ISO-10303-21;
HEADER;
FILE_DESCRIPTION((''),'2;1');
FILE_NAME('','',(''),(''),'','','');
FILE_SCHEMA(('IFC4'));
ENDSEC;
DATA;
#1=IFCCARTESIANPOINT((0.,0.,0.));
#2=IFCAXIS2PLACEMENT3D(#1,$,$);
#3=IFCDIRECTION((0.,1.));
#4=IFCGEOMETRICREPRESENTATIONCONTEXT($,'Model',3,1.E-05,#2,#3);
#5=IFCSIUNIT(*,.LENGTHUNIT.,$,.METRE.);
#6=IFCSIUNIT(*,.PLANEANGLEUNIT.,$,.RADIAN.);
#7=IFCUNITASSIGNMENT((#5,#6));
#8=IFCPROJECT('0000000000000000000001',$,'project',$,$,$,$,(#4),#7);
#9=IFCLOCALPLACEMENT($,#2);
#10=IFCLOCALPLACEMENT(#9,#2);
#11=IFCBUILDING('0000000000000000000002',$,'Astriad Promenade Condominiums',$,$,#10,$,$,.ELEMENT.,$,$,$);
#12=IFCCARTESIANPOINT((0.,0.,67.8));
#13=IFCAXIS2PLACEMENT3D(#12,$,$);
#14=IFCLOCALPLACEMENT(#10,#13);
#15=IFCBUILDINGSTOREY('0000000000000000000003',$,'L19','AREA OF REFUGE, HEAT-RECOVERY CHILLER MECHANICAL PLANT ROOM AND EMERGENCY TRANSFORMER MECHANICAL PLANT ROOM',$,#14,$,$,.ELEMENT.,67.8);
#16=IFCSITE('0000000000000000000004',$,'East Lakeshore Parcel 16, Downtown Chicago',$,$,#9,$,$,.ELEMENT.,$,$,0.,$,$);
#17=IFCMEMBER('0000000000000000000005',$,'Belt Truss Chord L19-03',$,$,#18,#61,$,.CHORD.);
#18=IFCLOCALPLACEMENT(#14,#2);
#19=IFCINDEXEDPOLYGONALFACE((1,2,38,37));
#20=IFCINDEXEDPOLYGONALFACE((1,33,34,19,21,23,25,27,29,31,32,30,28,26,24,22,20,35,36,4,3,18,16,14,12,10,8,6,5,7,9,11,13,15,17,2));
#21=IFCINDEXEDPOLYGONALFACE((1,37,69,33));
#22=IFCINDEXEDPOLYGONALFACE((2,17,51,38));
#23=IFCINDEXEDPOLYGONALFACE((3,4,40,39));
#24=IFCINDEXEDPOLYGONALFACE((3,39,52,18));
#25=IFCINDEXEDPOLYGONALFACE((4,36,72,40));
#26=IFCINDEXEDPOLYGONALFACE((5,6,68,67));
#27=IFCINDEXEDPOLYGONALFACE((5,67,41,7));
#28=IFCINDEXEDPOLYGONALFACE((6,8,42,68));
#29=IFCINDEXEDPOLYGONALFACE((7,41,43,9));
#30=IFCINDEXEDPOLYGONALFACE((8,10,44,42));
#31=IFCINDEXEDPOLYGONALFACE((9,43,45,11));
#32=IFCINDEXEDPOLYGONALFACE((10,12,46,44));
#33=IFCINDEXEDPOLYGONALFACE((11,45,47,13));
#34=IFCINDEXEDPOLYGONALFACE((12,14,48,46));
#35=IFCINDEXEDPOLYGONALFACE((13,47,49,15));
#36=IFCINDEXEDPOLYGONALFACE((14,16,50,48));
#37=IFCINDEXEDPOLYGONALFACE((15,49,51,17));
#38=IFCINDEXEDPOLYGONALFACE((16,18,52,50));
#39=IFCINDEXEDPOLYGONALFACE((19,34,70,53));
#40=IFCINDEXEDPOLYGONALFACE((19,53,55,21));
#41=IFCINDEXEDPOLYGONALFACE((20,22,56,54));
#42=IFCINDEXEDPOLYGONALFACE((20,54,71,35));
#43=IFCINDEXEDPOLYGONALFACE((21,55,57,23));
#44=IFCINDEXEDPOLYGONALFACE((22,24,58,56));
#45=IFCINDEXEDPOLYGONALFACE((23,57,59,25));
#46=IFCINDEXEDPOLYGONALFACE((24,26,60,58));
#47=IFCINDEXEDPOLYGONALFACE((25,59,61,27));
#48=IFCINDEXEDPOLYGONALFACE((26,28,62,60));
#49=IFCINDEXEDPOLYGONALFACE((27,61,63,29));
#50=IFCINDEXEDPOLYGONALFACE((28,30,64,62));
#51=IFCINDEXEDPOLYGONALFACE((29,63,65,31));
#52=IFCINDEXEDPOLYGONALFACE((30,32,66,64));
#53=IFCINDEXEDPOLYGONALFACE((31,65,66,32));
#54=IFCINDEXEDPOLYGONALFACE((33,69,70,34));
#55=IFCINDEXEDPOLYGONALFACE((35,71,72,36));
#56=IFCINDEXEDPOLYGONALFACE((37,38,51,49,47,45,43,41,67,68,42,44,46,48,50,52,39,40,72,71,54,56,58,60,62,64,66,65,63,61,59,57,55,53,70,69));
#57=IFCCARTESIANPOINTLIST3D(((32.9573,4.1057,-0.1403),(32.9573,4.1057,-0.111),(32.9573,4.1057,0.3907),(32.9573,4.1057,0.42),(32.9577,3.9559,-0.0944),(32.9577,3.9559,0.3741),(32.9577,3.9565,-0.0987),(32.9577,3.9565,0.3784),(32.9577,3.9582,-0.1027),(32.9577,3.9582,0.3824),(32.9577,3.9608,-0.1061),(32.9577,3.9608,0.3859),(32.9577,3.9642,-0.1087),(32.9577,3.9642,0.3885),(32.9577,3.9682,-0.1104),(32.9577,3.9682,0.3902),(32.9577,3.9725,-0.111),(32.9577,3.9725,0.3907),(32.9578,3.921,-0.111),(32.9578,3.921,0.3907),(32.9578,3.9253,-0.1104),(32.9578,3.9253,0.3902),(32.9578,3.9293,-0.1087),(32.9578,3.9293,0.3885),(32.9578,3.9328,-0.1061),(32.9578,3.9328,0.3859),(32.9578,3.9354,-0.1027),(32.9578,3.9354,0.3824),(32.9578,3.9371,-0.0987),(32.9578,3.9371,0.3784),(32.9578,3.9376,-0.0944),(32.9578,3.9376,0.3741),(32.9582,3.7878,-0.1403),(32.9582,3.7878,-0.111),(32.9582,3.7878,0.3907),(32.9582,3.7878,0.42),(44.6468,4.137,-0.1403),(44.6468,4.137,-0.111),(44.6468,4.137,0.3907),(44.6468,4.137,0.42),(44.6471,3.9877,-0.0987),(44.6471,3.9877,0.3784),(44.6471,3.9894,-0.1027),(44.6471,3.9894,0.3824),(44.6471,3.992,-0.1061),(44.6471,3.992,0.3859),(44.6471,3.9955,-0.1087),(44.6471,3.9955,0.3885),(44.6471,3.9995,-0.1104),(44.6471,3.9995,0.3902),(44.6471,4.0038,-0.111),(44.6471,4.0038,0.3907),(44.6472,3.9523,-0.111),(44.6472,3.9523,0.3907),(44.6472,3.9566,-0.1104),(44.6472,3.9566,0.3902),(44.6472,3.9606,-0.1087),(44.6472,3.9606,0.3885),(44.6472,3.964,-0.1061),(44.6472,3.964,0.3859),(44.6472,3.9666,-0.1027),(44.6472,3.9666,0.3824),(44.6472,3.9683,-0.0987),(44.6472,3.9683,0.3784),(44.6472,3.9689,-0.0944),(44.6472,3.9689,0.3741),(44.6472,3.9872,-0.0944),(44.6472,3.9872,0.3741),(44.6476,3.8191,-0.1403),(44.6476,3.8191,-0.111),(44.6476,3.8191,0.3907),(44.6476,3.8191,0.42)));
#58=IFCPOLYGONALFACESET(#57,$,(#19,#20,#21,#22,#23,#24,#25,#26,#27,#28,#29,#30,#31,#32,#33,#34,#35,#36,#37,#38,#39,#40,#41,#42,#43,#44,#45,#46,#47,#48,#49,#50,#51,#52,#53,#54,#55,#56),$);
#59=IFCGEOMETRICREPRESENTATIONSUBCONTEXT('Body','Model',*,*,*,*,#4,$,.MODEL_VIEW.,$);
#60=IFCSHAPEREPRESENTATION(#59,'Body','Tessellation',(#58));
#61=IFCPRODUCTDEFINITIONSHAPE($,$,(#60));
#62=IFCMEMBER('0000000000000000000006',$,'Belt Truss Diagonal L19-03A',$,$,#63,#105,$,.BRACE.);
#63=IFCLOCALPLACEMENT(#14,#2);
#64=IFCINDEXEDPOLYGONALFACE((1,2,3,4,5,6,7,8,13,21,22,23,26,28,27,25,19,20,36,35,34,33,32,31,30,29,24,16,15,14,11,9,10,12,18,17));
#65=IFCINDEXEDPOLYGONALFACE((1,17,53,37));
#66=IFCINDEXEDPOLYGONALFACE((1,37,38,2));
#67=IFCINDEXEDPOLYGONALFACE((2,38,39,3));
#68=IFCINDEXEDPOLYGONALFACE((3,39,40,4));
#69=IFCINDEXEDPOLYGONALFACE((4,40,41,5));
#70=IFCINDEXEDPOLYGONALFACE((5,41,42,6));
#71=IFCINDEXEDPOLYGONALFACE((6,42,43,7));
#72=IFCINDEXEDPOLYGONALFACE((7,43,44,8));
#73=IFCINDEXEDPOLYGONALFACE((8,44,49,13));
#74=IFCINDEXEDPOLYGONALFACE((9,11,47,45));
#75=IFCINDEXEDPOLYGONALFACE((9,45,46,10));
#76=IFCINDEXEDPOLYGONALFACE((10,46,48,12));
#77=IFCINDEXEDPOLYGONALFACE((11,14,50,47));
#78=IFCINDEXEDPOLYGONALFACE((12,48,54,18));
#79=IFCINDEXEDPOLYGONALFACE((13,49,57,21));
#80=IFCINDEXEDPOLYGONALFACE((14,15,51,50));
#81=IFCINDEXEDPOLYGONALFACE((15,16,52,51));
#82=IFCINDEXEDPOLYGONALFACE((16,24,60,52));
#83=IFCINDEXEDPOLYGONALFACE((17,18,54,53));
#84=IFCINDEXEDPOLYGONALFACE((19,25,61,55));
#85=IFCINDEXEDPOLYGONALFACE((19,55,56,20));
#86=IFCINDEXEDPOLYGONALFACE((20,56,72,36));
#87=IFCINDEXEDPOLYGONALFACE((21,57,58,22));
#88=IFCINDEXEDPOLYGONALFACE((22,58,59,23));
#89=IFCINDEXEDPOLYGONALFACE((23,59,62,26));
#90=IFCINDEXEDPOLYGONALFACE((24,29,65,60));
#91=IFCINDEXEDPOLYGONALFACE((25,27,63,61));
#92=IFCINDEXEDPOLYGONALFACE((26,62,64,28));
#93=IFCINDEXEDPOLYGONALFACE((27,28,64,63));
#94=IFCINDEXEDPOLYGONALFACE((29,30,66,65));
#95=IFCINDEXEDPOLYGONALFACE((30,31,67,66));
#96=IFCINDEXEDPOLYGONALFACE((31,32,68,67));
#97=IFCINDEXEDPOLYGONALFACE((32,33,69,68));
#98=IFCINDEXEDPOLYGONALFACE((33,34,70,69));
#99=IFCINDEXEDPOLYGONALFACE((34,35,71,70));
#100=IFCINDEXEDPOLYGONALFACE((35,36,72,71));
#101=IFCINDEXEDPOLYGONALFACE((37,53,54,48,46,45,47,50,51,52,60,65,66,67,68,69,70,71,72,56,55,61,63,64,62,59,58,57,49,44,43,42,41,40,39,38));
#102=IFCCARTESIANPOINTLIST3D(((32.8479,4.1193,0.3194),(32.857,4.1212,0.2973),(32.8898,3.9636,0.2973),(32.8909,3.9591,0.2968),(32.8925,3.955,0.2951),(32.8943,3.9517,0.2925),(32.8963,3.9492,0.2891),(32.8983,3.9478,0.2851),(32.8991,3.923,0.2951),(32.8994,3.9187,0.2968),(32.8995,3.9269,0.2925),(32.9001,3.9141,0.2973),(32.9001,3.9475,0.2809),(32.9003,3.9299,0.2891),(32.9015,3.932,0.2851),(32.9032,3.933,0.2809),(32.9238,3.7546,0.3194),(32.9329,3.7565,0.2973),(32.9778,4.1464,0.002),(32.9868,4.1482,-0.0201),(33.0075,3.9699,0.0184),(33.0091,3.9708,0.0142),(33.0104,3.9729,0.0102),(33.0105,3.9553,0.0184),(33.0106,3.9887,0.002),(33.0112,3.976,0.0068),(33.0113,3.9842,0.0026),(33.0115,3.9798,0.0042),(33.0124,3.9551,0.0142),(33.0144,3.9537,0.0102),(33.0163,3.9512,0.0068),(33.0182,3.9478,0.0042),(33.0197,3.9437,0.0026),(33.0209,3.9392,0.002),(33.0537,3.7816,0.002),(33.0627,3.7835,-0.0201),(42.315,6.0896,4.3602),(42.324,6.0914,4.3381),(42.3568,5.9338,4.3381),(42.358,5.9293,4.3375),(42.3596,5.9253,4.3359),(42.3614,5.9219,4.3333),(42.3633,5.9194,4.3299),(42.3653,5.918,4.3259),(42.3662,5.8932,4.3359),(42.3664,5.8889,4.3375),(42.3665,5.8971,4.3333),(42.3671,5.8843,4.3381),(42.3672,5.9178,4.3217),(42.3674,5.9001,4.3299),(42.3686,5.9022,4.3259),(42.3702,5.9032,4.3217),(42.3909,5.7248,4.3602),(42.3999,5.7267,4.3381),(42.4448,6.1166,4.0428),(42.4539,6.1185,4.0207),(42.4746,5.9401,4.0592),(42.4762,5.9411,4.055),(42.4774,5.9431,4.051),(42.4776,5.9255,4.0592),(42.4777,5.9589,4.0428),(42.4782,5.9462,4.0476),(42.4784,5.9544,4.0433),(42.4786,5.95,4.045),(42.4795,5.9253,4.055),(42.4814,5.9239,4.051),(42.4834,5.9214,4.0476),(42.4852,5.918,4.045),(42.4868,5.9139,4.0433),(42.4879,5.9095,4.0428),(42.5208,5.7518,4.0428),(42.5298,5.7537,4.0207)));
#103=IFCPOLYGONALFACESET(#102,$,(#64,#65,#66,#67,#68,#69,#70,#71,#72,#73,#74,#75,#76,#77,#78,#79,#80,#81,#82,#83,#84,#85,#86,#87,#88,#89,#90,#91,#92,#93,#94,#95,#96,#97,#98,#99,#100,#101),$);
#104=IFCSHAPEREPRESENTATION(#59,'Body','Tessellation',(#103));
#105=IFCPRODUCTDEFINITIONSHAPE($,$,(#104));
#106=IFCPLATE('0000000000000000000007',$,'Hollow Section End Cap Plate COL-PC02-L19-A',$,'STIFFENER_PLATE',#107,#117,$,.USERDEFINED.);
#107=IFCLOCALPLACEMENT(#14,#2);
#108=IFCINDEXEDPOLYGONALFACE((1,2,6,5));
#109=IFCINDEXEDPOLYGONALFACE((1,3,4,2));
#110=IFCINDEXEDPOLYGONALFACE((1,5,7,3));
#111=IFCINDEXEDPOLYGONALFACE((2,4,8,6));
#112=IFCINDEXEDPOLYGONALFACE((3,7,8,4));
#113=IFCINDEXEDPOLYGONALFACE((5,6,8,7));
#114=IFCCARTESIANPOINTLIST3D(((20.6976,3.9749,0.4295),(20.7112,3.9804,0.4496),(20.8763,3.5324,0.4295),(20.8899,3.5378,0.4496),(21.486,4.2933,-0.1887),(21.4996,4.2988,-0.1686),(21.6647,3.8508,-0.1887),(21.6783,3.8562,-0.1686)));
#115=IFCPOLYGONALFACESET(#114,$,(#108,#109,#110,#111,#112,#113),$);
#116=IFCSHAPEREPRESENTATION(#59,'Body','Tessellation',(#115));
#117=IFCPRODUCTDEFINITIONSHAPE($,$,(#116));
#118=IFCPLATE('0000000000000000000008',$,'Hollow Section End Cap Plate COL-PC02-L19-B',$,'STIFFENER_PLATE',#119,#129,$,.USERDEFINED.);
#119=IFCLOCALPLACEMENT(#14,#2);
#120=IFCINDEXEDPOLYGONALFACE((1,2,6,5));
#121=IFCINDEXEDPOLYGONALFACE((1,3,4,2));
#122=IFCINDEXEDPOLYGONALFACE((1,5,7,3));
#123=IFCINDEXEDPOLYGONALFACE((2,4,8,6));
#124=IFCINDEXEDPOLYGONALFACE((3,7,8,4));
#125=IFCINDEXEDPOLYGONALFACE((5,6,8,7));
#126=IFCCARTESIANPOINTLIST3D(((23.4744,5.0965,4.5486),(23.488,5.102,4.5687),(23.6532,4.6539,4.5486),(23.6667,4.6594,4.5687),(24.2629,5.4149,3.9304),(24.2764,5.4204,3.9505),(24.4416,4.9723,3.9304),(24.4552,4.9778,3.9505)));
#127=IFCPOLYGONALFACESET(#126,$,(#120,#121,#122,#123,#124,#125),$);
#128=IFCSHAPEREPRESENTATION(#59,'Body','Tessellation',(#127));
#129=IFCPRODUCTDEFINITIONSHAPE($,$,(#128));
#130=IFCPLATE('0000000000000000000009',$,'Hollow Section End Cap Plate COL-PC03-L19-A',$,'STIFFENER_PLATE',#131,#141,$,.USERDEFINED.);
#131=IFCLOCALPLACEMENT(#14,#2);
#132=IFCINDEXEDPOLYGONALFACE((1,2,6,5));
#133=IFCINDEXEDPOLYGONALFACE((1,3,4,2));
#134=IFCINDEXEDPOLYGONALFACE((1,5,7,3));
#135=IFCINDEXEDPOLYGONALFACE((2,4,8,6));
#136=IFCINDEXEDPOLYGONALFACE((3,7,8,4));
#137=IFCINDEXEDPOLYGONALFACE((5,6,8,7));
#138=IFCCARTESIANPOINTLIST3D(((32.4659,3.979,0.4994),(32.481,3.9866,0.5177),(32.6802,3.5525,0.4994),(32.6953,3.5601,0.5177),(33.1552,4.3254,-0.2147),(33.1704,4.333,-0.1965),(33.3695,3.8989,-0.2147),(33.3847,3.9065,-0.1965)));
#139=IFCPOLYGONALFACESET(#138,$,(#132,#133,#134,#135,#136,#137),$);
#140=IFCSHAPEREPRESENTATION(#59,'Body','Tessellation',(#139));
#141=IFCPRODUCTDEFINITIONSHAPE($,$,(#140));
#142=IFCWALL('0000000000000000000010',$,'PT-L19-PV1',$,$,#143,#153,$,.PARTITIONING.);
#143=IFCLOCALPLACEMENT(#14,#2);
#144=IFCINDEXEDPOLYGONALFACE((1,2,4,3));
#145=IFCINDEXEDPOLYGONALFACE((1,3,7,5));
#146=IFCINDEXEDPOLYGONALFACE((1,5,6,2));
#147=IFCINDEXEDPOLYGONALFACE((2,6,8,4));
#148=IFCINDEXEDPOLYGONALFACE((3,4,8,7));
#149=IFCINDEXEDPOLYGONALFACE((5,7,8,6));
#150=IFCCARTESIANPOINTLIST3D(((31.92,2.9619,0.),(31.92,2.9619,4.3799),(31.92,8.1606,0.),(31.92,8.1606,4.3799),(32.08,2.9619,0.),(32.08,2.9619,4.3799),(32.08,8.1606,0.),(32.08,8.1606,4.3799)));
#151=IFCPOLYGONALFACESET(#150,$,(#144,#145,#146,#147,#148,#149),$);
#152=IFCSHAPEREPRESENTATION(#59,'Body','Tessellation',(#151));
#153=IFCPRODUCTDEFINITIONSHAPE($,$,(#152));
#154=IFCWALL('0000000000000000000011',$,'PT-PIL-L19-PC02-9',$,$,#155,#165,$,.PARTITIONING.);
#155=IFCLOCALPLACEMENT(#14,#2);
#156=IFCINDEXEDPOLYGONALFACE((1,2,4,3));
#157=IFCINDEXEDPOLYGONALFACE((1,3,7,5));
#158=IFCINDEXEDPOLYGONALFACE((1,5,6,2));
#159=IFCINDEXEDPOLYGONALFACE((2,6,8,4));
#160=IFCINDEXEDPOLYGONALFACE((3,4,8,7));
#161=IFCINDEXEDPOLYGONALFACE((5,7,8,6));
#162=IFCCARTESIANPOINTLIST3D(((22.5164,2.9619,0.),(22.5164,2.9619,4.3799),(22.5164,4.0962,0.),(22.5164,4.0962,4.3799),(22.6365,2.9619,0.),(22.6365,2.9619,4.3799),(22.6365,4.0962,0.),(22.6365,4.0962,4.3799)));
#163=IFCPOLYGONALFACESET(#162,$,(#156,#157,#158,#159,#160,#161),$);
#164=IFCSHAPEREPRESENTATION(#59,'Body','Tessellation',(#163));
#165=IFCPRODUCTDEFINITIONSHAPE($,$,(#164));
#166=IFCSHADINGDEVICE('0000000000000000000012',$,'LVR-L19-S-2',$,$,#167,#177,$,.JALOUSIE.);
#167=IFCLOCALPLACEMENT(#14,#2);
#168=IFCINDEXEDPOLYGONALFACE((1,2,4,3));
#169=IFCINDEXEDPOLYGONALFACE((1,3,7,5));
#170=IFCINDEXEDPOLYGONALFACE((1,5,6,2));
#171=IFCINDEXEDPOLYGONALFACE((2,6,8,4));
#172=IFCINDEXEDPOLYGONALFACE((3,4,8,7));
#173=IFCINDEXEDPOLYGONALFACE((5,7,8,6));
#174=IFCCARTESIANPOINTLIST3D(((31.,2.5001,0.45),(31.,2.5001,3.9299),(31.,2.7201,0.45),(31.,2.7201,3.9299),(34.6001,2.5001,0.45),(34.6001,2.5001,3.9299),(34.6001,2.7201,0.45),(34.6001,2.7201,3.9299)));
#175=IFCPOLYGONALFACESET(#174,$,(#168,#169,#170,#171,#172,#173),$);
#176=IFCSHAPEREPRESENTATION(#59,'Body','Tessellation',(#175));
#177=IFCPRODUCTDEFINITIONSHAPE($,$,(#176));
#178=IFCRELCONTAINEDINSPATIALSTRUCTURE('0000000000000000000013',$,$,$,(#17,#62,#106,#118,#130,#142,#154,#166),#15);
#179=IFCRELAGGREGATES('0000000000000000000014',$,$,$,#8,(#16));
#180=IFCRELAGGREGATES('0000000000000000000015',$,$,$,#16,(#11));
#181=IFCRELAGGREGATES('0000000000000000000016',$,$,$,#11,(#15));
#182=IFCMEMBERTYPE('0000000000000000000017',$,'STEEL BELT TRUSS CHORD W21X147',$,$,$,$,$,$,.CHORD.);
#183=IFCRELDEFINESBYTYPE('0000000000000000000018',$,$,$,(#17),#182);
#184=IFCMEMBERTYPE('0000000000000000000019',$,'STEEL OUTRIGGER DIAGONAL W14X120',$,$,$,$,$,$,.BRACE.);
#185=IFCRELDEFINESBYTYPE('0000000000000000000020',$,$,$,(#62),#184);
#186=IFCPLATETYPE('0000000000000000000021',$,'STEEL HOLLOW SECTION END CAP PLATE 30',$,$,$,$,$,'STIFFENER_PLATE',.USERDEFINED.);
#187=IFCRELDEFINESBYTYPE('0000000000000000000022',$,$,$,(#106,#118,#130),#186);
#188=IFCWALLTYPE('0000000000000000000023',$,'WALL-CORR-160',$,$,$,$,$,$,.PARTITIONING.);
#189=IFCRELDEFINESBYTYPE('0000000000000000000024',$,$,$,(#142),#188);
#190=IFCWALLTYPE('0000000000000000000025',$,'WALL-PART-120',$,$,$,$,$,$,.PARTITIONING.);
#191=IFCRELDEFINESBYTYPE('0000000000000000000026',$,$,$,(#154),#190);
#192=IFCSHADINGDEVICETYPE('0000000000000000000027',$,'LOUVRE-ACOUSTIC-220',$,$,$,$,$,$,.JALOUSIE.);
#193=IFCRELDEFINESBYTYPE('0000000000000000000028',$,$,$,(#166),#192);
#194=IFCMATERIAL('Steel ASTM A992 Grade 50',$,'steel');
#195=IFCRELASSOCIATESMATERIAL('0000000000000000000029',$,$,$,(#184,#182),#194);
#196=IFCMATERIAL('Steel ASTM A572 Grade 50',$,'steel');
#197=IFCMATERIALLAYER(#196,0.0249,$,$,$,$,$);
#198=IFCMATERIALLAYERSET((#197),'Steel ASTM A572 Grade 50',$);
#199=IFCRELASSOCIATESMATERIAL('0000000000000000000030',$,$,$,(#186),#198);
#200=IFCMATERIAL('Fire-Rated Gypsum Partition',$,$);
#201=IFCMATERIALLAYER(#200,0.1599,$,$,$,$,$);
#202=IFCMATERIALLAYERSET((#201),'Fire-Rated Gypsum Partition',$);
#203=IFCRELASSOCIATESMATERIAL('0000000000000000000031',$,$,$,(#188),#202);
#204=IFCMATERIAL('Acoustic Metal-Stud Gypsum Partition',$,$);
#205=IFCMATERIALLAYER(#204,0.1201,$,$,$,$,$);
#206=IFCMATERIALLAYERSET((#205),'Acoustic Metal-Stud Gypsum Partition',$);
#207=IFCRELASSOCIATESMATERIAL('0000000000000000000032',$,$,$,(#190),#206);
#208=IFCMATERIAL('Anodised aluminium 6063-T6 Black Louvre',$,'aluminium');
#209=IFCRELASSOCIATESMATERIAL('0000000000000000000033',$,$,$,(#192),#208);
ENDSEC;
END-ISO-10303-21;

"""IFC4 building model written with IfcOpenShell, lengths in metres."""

from ifc_helpers import new_model, si_unit, direction, frame, frame_2d, origin, origin_2d, place, context, subcontext, project, spatial, rectangle, i_section, extrude, source, transform, mapped, material, layer, layer_set, material_profile, profile_set, type_object, type_shapes, element, save


model = new_model("IFC4")

# Units and contexts
model_context = context("Model", 3, precision=1e-05, world=origin(), true_north=direction((0.0, 1.0)))
body_context = subcontext(model_context, "Body", "Model", "MODEL_VIEW")
ifc_project = project(units=[si_unit("LENGTHUNIT", "METRE"), si_unit("PLANEANGLEUNIT", "RADIAN")], contexts=[model_context])

# Site, building, storey
site_placement = place(None, origin())
site = spatial("IfcSite", under=ifc_project, at=site_placement, Name="East Lakeshore Parcel 16, Downtown Chicago", CompositionType="ELEMENT", RefElevation=0.0)
building_placement = place(site_placement, origin())
building = spatial("IfcBuilding", under=site, at=building_placement, Name="Astriad Promenade Condominiums", CompositionType="ELEMENT")
storey_placement = place(building_placement, frame((0.0, 0.0, 67.8)))
storey = spatial("IfcBuildingStorey", under=building, at=storey_placement, Name="L19", Description="AREA OF REFUGE, HEAT-RECOVERY CHILLER MECHANICAL PLANT ROOM AND EMERGENCY TRANSFORMER MECHANICAL PLANT ROOM", CompositionType="ELEMENT", Elevation=67.8)

# Shared definitions
ifc_material_1 = material(Name="Steel ASTM A992 Grade 50", Category="steel")

# Members
ifc_material_profile_1 = material_profile(ifc_material_1, i_section(OverallWidth=0.3726, OverallDepth=0.3679, WebThickness=0.0149, FlangeThickness=0.0239, FilletRadius=0.0178, at=origin_2d()), Name="W14X120")
ifc_profile_set_1 = profile_set([ifc_material_profile_1], Name="Steel ASTM A992 Grade 50")
member_type_1 = type_object("IfcMemberType", Name="STEEL OUTRIGGER DIAGONAL W14X120", PredefinedType="BRACE", material=ifc_profile_set_1)
ifc_material_profile_2 = material_profile(ifc_material_1, i_section(OverallWidth=0.3179, OverallDepth=0.5603, WebThickness=0.0183, FlangeThickness=0.0293, FilletRadius=0.0166, at=origin_2d()), Name="W21X147")
ifc_profile_set_2 = profile_set([ifc_material_profile_2], Name="Steel ASTM A992 Grade 50")
member_type_2 = type_object("IfcMemberType", Name="STEEL BELT TRUSS CHORD W21X147", PredefinedType="CHORD", material=ifc_profile_set_2)
shared_shape_1 = source(origin(), body_context, "Body", "SweptSolid", [
    extrude(i_section(OverallWidth=0.3179, OverallDepth=0.5603, WebThickness=0.0183, FlangeThickness=0.0293, FilletRadius=0.0166, at=origin_2d()), origin(), (0.0, 0.0, 1.0), 11.6895),
])
member_1_placement = place(storey_placement, frame((32.9578, 3.9468, 0.1399), z_axis=(0.999996, 0.002673, 0.0), x_axis=(-0.002673, 0.999996, 0.0)))
element("IfcMember", 1, at=member_1_placement, inside=storey, type_object=member_type_2, Name="Belt Truss Chord L19-03", PredefinedType="CHORD", context=body_context, shape_type="MappedRepresentation", body=[
    mapped(shared_shape_1, transform((0.0, 0.0, 0.0), scale=1.0)),
])
shared_shape_2 = source(origin(), body_context, "Body", "SweptSolid", [
    extrude(i_section(OverallWidth=0.3726, OverallDepth=0.3679, WebThickness=0.0149, FlangeThickness=0.0239, FilletRadius=0.0178, at=origin_2d()), origin(), (0.0, 0.0, 1.0), 10.4802),
])
member_2_placement = place(storey_placement, frame((32.9553, 3.9514, 0.1497), z_axis=(0.903327, 0.187994, 0.385563), x_axis=(-0.203748, 0.979023, 0.0)))
element("IfcMember", 2, at=member_2_placement, inside=storey, type_object=member_type_1, Name="Belt Truss Diagonal L19-03A", PredefinedType="BRACE", context=body_context, shape_type="MappedRepresentation", body=[
    mapped(shared_shape_2, transform((0.0, 0.0, 0.0), scale=1.0)),
])

# Plates
ifc_material_2 = material(Name="Steel ASTM A572 Grade 50", Category="steel")
ifc_layer_1 = layer(ifc_material_2, 0.0249)
ifc_layer_set_1 = layer_set([ifc_layer_1], Name="Steel ASTM A572 Grade 50")
plate_type = type_object("IfcPlateType", Name="STEEL HOLLOW SECTION END CAP PLATE 30", ElementType="STIFFENER_PLATE", PredefinedType="USERDEFINED", material=ifc_layer_set_1)
shared_shape_3 = source(origin(), body_context, "Body", "SweptSolid", [
    extrude(rectangle(XDim=0.4773, YDim=1.0513, at=origin_2d()), origin(), (0.0, 0.0, 1.0), 0.0249),
])
type_shapes(plate_type, [shared_shape_3])
for number, where, z_axis, x_axis, name in (
    (3, (21.1812, 3.9128, 0.1204), (0.545267, 0.220202, 0.808823), (-0.374461, 0.927243, 0.0), "Hollow Section End Cap Plate COL-PC02-L19-A"),
    (4, (23.958, 5.0344, 4.2395), (0.545267, 0.220202, 0.808823), (-0.374461, 0.927243, 0.0), "Hollow Section End Cap Plate COL-PC02-L19-B"),
    (5, (32.9177, 3.939, 0.1423), (0.606984, 0.305002, 0.733856), (-0.448991, 0.893536, 0.0), "Hollow Section End Cap Plate COL-PC03-L19-A"),
):
    element("IfcPlate", number, at=place(storey_placement, frame(where, z_axis=z_axis, x_axis=x_axis)), inside=storey, type_object=plate_type, Name=name, ObjectType="STIFFENER_PLATE", PredefinedType="USERDEFINED", context=body_context, shape_type="MappedRepresentation", body=[
        mapped(shared_shape_3, transform((0.0, 0.0, 0.0), scale=1.0)),
    ])

# Walls
ifc_material_3 = material(Name="Fire-Rated Gypsum Partition")
ifc_layer_2 = layer(ifc_material_3, 0.1599)
ifc_layer_set_2 = layer_set([ifc_layer_2], Name="Fire-Rated Gypsum Partition")
wall_type_1 = type_object("IfcWallType", Name="WALL-CORR-160", PredefinedType="PARTITIONING", material=ifc_layer_set_2)
wall_1_placement = place(storey_placement, frame((32.0, 2.9619, 0.0), z_axis=(0.0, 0.0, 1.0), x_axis=(0.0, 1.0, 0.0)))
element("IfcWall", 6, at=wall_1_placement, inside=storey, type_object=wall_type_1, Name="PT-L19-PV1", PredefinedType="PARTITIONING", context=body_context, shape_type="SweptSolid", body=[
    extrude(rectangle(XDim=5.1987, YDim=0.1599, at=frame_2d((2.5994, 0.0))), origin(), (0.0, 0.0, 1.0), 4.3799),
])
ifc_material_4 = material(Name="Acoustic Metal-Stud Gypsum Partition")
ifc_layer_3 = layer(ifc_material_4, 0.1201)
ifc_layer_set_3 = layer_set([ifc_layer_3], Name="Acoustic Metal-Stud Gypsum Partition")
wall_type_2 = type_object("IfcWallType", Name="WALL-PART-120", PredefinedType="PARTITIONING", material=ifc_layer_set_3)
wall_2_placement = place(storey_placement, frame((22.5764, 4.0962, 0.0), z_axis=(0.0, 0.0, 1.0), x_axis=(0.0, -1.0, 0.0)))
element("IfcWall", 7, at=wall_2_placement, inside=storey, type_object=wall_type_2, Name="PT-PIL-L19-PC02-9", PredefinedType="PARTITIONING", context=body_context, shape_type="SweptSolid", body=[
    extrude(rectangle(XDim=1.1343, YDim=0.1201, at=frame_2d((0.5671, 0.0))), origin(), (0.0, 0.0, 1.0), 4.3799),
])

# Shading device
ifc_material_5 = material(Name="Anodised aluminium 6063-T6 Black Louvre", Category="aluminium")
shading_device_type_1 = type_object("IfcShadingDeviceType", Name="LOUVRE-ACOUSTIC-220", PredefinedType="JALOUSIE", material=ifc_material_5)
shared_shape_4 = source(origin(), body_context, "Body", "SweptSolid", [
    extrude(rectangle(XDim=3.6001, YDim=0.22, at=origin_2d()), origin(), (0.0, 0.0, 1.0), 3.48),
])
type_shapes(shading_device_type_1, [shared_shape_4])
shading_device_placement = place(storey_placement, frame((32.8, 2.6101, 0.45), z_axis=(0.0, 0.0, 1.0), x_axis=(-1.0, 0.0, 0.0)))
element("IfcShadingDevice", 8, at=shading_device_placement, inside=storey, type_object=shading_device_type_1, Name="LVR-L19-S-2", PredefinedType="JALOUSIE", context=body_context, shape_type="MappedRepresentation", body=[
    mapped(shared_shape_4, transform((0.0, 0.0, 0.0), scale=1.0)),
])

save(model, "model.ifc")
